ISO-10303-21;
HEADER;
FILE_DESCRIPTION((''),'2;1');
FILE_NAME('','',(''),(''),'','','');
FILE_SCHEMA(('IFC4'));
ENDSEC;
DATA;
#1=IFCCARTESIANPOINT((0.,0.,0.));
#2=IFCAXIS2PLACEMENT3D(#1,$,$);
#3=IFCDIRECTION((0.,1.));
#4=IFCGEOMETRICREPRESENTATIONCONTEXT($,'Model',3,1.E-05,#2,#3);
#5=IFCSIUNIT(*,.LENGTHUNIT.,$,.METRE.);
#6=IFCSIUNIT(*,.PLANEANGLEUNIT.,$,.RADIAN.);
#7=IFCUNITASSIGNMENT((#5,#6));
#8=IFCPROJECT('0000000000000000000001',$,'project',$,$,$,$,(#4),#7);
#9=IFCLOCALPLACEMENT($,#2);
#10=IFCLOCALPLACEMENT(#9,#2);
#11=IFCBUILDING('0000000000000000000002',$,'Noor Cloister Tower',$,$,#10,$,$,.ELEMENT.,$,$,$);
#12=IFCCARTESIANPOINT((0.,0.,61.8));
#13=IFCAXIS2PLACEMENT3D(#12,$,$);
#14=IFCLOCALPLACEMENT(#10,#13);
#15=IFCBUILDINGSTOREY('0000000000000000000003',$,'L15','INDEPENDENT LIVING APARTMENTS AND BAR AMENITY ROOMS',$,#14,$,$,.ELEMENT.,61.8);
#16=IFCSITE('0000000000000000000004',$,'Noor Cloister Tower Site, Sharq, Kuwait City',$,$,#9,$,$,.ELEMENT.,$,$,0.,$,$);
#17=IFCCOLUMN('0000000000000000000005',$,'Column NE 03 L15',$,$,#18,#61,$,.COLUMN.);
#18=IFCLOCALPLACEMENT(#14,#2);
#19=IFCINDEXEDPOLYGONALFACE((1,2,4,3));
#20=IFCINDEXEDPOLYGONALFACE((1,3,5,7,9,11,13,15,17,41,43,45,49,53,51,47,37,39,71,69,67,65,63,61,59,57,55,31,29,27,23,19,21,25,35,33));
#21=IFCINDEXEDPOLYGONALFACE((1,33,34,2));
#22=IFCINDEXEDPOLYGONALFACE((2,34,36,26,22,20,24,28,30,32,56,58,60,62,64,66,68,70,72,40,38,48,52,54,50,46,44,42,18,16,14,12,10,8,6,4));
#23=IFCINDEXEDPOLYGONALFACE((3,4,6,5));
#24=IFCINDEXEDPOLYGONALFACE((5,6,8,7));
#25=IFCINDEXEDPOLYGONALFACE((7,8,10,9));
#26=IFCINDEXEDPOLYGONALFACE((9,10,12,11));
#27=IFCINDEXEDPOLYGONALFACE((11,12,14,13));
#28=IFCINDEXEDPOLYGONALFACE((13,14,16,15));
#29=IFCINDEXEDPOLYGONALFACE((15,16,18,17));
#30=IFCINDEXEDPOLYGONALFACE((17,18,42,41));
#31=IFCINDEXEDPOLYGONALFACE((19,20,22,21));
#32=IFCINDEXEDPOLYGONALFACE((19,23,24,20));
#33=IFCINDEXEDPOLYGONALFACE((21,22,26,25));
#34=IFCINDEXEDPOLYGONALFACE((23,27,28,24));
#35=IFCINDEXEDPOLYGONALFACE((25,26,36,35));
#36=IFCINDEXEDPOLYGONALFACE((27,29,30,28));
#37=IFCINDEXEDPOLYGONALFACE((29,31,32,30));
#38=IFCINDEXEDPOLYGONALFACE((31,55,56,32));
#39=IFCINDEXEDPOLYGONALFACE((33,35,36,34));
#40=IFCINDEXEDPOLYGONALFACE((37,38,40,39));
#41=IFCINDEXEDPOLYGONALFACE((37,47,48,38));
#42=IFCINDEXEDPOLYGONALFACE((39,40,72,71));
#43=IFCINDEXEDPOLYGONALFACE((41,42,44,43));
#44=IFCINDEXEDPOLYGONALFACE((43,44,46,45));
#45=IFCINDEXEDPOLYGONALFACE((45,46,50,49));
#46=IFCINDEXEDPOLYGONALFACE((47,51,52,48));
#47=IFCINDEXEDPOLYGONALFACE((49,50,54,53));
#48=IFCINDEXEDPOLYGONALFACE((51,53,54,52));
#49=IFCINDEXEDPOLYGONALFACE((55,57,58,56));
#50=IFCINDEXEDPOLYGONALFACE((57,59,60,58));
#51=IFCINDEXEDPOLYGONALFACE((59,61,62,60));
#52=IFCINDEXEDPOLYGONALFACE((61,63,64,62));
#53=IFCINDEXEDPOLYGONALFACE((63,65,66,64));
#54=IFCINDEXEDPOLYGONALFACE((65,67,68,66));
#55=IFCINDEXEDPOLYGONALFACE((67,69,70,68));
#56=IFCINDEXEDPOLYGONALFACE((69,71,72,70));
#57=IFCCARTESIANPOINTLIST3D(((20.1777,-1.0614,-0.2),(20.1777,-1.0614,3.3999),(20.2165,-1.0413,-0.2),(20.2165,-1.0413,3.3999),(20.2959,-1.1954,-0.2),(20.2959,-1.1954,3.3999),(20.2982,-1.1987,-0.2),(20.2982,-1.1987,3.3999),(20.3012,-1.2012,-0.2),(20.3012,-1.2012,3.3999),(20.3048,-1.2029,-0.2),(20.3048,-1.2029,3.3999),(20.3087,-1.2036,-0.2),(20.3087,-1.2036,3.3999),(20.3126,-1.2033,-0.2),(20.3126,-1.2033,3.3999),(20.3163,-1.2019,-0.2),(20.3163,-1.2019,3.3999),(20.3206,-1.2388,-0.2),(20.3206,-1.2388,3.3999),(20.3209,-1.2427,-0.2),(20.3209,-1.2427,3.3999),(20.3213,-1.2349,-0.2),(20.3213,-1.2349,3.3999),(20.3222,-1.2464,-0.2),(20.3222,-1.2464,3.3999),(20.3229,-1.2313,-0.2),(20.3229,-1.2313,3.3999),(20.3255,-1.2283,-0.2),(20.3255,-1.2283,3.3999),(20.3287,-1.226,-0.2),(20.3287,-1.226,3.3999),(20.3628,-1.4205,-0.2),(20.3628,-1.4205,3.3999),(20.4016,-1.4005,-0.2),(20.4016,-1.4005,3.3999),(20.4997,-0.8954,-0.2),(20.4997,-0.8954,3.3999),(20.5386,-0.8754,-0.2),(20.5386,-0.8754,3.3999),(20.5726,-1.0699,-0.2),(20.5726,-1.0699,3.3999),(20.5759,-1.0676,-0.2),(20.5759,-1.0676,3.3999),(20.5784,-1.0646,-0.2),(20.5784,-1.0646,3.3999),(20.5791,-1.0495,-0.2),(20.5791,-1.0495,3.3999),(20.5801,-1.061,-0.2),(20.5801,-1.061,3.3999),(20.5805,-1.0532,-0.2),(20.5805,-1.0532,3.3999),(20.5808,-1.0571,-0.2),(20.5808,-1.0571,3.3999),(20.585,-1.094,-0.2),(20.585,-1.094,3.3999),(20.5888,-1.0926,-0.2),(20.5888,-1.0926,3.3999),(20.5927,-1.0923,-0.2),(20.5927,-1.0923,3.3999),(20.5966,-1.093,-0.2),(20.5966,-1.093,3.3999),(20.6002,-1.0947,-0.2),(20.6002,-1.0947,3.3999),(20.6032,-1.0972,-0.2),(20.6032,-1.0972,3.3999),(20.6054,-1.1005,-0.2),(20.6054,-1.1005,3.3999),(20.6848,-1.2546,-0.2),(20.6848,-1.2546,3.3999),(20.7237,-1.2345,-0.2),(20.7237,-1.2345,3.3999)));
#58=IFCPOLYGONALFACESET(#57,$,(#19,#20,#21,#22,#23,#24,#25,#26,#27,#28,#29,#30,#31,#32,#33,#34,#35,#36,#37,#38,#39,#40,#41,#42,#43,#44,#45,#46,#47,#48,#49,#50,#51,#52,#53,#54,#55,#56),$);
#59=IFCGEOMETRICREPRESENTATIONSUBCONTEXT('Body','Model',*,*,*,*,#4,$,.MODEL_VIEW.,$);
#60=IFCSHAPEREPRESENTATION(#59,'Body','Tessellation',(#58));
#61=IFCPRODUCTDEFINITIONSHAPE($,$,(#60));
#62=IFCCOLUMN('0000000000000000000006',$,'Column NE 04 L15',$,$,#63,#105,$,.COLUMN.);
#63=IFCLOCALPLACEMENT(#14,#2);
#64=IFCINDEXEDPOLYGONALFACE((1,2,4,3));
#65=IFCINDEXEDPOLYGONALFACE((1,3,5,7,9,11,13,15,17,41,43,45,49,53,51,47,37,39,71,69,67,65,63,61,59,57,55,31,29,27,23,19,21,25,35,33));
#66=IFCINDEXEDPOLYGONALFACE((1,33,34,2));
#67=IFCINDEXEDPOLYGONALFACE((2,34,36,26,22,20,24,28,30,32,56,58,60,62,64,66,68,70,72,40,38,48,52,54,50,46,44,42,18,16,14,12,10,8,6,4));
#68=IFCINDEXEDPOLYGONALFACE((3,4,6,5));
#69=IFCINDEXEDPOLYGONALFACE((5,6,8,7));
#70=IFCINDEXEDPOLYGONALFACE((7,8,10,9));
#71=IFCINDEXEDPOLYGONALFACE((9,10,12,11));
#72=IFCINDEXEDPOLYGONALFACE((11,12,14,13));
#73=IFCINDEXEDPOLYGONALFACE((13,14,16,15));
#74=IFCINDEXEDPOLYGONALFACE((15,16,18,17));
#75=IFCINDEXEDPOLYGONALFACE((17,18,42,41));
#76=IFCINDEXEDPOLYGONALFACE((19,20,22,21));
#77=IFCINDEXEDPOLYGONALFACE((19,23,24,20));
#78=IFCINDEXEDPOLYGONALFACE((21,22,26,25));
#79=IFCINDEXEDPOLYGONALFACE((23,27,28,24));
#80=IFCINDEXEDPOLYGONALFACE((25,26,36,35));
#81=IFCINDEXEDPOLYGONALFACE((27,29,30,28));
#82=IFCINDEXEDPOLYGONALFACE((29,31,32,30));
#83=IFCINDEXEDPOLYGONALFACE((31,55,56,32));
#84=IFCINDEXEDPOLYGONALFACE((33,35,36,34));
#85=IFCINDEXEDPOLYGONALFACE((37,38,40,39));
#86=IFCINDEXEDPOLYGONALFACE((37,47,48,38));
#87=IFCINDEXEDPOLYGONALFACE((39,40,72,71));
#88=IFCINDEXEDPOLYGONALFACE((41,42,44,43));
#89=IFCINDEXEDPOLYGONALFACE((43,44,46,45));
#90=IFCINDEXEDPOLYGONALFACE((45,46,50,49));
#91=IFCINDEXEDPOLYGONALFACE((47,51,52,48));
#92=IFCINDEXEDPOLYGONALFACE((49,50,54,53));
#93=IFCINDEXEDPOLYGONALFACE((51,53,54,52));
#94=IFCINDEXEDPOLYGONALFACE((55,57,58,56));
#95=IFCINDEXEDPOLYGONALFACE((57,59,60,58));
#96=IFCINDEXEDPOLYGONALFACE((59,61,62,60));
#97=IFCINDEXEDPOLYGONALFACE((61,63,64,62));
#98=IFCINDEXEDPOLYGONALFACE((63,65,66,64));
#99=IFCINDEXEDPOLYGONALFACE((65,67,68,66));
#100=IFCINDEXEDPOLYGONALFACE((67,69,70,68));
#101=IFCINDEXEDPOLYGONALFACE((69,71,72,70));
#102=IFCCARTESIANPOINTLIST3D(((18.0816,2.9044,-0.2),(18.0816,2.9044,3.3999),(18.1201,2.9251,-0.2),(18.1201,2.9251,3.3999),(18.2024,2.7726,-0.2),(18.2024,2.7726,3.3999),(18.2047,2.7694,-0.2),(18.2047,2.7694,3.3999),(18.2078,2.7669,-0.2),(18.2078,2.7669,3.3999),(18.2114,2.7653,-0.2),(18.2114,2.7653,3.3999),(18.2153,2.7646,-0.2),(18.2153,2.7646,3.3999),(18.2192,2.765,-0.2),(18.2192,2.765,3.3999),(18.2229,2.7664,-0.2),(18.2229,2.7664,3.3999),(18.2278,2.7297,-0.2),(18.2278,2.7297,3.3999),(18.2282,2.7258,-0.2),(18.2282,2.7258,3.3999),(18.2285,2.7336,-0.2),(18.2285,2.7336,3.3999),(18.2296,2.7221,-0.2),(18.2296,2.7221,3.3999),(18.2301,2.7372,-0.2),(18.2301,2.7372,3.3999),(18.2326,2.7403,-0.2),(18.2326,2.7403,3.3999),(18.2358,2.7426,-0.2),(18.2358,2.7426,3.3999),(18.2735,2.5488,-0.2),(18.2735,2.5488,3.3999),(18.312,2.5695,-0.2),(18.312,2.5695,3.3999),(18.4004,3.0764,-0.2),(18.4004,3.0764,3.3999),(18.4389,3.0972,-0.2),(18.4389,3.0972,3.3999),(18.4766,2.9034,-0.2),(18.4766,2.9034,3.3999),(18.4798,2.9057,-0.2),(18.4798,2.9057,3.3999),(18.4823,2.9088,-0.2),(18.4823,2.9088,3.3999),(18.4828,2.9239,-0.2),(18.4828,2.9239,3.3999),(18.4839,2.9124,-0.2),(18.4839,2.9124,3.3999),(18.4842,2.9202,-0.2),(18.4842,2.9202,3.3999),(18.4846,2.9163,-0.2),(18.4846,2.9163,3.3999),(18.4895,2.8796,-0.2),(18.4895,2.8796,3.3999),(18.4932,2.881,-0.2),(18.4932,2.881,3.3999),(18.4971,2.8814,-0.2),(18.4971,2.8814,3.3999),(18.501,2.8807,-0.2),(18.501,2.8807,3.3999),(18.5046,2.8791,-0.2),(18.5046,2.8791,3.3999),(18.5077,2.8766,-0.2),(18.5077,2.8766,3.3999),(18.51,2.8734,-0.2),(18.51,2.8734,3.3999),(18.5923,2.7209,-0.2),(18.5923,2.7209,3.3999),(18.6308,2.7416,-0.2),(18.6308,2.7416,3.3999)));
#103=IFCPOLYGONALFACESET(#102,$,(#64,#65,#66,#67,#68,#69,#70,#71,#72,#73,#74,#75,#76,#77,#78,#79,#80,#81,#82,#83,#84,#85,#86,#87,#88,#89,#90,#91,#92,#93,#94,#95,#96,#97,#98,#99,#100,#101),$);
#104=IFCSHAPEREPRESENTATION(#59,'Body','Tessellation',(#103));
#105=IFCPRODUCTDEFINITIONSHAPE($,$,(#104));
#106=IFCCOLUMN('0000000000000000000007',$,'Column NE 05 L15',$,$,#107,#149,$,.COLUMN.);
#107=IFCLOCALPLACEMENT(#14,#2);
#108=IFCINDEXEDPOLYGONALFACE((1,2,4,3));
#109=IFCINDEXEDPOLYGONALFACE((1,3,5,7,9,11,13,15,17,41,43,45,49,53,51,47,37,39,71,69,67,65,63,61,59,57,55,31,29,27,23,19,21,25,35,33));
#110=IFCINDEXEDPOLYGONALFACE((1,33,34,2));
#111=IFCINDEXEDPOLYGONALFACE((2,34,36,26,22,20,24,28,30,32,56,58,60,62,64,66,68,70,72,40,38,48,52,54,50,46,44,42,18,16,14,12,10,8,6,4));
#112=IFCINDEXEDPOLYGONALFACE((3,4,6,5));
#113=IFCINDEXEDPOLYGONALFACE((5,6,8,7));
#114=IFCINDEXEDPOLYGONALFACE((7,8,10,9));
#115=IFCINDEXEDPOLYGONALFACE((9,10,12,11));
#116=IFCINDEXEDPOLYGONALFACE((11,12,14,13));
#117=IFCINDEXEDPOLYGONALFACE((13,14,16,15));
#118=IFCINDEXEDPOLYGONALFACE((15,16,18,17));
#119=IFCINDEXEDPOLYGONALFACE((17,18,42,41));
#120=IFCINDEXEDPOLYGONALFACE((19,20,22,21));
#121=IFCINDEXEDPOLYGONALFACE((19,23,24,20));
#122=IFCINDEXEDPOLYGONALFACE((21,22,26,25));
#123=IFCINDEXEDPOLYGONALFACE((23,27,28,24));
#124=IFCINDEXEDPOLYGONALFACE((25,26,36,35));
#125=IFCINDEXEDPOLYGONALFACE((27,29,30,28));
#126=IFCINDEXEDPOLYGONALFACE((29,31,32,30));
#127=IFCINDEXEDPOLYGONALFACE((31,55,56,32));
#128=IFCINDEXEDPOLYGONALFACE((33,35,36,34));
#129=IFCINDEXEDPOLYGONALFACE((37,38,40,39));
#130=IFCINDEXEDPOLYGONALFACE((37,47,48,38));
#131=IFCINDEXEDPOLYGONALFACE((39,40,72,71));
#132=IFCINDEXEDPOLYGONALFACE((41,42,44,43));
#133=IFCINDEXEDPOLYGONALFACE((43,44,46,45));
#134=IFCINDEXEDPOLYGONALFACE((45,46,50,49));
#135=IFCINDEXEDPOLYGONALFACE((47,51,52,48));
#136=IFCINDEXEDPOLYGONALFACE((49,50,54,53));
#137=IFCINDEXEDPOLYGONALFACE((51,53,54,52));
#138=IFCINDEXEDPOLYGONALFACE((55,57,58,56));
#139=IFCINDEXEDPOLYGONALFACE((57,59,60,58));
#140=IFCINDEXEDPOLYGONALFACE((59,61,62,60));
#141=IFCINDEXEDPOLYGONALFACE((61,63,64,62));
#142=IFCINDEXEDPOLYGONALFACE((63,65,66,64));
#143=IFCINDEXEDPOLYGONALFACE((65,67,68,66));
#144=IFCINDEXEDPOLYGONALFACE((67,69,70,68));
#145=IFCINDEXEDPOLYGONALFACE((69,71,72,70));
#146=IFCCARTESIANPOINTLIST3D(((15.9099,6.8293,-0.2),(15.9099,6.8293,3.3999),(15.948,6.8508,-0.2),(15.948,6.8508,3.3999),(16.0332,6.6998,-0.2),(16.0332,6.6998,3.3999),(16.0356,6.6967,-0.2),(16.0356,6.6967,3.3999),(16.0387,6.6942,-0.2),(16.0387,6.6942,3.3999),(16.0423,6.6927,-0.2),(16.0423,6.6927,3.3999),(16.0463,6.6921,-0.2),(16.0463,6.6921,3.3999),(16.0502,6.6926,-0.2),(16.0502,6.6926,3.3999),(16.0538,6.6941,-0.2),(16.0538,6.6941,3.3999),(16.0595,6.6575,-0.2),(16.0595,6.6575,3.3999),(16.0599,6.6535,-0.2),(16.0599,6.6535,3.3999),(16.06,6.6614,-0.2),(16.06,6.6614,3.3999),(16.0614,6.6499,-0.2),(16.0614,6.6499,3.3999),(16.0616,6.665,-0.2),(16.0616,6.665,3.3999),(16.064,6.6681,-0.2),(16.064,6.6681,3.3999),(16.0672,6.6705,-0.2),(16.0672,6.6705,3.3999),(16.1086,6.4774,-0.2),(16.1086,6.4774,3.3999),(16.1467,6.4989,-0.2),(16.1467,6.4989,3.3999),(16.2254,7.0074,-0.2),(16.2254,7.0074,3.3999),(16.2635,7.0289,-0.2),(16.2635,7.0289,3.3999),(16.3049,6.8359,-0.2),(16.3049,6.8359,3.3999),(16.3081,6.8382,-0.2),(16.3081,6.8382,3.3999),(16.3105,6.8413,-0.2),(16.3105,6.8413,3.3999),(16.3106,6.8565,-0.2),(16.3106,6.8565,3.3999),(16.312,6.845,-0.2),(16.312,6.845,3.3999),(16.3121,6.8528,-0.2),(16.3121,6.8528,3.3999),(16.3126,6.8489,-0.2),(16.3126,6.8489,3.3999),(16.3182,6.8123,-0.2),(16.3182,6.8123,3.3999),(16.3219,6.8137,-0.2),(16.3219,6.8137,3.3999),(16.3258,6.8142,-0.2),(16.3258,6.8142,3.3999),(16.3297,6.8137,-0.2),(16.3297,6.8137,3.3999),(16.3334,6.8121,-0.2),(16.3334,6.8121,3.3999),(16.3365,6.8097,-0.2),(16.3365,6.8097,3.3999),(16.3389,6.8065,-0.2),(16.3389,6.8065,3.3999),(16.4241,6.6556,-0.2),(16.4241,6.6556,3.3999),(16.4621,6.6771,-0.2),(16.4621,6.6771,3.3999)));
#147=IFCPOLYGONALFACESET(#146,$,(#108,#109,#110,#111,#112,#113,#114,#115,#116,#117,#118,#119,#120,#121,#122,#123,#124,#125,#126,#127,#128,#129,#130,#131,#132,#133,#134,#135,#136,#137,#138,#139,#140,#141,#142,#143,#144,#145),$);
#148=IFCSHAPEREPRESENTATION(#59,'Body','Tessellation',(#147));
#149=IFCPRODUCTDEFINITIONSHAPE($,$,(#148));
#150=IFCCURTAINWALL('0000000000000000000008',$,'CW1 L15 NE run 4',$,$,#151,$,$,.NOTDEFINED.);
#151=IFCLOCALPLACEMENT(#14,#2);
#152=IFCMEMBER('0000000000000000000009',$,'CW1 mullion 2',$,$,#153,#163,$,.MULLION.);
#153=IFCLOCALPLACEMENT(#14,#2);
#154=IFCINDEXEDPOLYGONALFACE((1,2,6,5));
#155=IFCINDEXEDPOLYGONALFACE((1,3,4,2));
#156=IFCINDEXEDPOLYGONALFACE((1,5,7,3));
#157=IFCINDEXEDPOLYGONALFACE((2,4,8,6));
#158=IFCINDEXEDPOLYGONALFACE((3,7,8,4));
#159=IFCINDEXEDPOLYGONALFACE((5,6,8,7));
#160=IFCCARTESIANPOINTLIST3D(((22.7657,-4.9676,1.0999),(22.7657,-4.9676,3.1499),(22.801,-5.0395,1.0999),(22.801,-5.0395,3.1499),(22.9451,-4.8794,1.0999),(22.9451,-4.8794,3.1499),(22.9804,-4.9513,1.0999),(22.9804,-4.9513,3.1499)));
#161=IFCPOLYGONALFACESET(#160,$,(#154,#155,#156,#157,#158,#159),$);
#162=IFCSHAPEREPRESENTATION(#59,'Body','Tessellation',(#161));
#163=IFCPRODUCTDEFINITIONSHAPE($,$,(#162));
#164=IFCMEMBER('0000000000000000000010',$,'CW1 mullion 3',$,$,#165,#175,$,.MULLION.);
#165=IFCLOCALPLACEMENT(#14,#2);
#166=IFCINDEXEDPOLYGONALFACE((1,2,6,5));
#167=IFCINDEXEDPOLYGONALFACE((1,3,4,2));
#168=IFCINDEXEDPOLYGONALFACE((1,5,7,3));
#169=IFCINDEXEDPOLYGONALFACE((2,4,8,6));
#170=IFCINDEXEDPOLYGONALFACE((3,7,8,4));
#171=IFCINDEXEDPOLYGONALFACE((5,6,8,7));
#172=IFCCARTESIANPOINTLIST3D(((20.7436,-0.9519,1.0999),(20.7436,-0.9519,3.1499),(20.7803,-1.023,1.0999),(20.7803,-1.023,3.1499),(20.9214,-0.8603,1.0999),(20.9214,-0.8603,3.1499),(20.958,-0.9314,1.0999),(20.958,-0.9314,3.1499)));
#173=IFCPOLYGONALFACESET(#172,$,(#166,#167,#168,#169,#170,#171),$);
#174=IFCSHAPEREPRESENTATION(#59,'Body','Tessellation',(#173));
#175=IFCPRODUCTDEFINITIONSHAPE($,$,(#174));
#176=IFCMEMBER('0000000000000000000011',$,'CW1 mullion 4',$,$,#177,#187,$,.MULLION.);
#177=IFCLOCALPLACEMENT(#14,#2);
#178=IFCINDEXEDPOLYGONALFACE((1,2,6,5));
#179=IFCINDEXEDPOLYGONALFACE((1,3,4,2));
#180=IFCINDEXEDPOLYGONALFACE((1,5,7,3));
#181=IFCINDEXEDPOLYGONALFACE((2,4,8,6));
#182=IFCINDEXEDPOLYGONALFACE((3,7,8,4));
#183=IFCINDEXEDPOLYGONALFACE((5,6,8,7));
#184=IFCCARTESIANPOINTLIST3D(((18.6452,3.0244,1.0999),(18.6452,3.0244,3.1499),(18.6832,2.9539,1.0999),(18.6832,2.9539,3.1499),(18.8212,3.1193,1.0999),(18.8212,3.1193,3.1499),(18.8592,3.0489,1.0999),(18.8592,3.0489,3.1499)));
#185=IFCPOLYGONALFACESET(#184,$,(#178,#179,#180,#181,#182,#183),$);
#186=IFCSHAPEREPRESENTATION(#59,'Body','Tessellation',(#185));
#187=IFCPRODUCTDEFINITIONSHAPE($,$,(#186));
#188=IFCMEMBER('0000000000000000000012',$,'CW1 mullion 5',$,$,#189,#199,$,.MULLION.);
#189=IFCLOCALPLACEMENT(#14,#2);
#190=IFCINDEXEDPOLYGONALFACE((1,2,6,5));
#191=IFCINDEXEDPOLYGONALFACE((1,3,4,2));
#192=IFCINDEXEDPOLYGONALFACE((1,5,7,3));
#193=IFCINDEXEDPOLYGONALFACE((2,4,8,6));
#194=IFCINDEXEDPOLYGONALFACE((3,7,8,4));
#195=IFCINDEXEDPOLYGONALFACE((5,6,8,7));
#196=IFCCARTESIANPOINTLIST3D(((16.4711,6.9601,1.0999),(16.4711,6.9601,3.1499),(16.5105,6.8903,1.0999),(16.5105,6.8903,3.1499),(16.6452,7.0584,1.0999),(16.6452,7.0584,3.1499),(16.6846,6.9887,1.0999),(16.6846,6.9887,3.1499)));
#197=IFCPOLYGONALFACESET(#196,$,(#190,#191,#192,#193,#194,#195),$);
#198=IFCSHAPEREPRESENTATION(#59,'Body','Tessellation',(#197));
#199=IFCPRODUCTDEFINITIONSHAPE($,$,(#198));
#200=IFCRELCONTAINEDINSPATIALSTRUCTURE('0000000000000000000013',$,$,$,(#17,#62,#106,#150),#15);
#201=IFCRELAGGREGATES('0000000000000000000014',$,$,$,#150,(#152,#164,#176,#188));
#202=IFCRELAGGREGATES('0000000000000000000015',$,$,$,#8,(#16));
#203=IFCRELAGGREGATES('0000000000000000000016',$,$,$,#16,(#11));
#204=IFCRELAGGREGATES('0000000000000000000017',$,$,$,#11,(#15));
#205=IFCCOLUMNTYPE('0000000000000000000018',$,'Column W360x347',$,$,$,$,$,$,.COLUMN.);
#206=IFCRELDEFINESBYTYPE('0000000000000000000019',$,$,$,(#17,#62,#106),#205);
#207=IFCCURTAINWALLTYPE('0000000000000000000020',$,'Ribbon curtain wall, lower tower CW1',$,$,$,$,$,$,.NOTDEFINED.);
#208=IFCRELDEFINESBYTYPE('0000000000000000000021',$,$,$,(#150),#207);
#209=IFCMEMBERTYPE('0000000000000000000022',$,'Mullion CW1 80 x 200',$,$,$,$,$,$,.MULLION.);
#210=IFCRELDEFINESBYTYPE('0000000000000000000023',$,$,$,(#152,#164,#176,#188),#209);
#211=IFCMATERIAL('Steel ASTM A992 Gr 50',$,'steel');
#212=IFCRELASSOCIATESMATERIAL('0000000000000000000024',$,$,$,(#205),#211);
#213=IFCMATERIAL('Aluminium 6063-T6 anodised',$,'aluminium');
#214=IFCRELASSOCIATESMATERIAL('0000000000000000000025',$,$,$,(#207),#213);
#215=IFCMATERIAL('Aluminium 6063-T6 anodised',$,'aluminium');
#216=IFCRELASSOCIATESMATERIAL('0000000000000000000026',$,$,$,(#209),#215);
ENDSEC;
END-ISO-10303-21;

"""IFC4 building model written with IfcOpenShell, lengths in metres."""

from ifc_helpers import new_model, si_unit, direction, frame, origin, origin_2d, place, context, subcontext, project, spatial, rectangle, i_section, extrude, material, material_profile, profile_set, type_object, element, aggregate, save


model = new_model("IFC4")

# Units and contexts
model_context = context("Model", 3, precision=1e-05, world=origin(), true_north=direction((0.0, 1.0)))
body_context = subcontext(model_context, "Body", "Model", "MODEL_VIEW")
ifc_project = project(units=[si_unit("LENGTHUNIT", "METRE"), si_unit("PLANEANGLEUNIT", "RADIAN")], contexts=[model_context])

# Site, building, storey
site_placement = place(None, origin())
site = spatial("IfcSite", under=ifc_project, at=site_placement, Name="Noor Cloister Tower Site, Sharq, Kuwait City", CompositionType="ELEMENT", RefElevation=0.0)
building_placement = place(site_placement, origin())
building = spatial("IfcBuilding", under=site, at=building_placement, Name="Noor Cloister Tower", CompositionType="ELEMENT")
storey_placement = place(building_placement, frame((0.0, 0.0, 61.8)))
storey = spatial("IfcBuildingStorey", under=building, at=storey_placement, Name="L15", Description="INDEPENDENT LIVING APARTMENTS AND BAR AMENITY ROOMS", CompositionType="ELEMENT", Elevation=61.8)

# Columns
ifc_material_1 = material(Name="Steel ASTM A992 Gr 50", Category="steel")
ifc_material_profile_1 = material_profile(ifc_material_1, i_section(OverallWidth=0.4041, OverallDepth=0.406, WebThickness=0.0271, FlangeThickness=0.0437, FilletRadius=0.0151, at=origin_2d()), Name="W360x347")
ifc_profile_set_1 = profile_set([ifc_material_profile_1], Name="Steel ASTM A992 Gr 50")
column_type = type_object("IfcColumnType", Name="Column W360x347", PredefinedType="COLUMN", material=ifc_profile_set_1)
for number, where, z_axis, x_axis, name in (
    (1, (20.4507, -1.1479, -0.2), (0.0, 0.0, 1.0), (-0.458101, 0.8889, 0.0), "Column NE 03 L15"),
    (2, (18.3562, 2.823, -0.2), (0.0, 0.0, 1.0), (-0.474991, 0.87999, 0.0), "Column NE 04 L15"),
    (3, (16.186, 6.7532, -0.2), (0.0, 0.0, 1.0), (-0.491708, 0.87076, 0.0), "Column NE 05 L15"),
):
    element("IfcColumn", number, at=place(storey_placement, frame(where, z_axis=z_axis, x_axis=x_axis)), inside=storey, type_object=column_type, Name=name, PredefinedType="COLUMN", context=body_context, shape_type="SweptSolid", body=[
        extrude(i_section(OverallWidth=0.4041, OverallDepth=0.406, WebThickness=0.0271, FlangeThickness=0.0437, FilletRadius=0.0151, at=origin_2d()), origin(), (0.0, 0.0, 1.0), 3.5999),
    ])

# Curtain wall, members
ifc_material_2 = material(Name="Aluminium 6063-T6 anodised", Category="aluminium")
curtain_wall_type = type_object("IfcCurtainWallType", Name="Ribbon curtain wall, lower tower CW1", PredefinedType="NOTDEFINED", material=ifc_material_2)
curtain_wall_placement = place(storey_placement, origin())
curtain_wall = element("IfcCurtainWall", 4, at=curtain_wall_placement, inside=storey, type_object=curtain_wall_type, Name="CW1 L15 NE run 4", PredefinedType="NOTDEFINED")
ifc_material_3 = material(Name="Aluminium 6063-T6 anodised", Category="aluminium")
ifc_material_profile_2 = material_profile(ifc_material_3, rectangle(XDim=0.2, YDim=0.0801, at=origin_2d()), Name="200 x 80 mullion")
ifc_profile_set_2 = profile_set([ifc_material_profile_2], Name="Aluminium 6063-T6 anodised")
member_type = type_object("IfcMemberType", Name="Mullion CW1 80 x 200", PredefinedType="MULLION", material=ifc_profile_set_2)
member_1_placement = place(storey_placement, frame((22.873, -4.9595, 1.0999), z_axis=(0.0, 0.0, 1.0), x_axis=(-0.897485, -0.441044, 0.0)))
member_1 = element("IfcMember", 5, at=member_1_placement, type_object=member_type, Name="CW1 mullion 2", PredefinedType="MULLION", context=body_context, shape_type="SweptSolid", body=[
    extrude(rectangle(XDim=0.2, YDim=0.0801, at=origin_2d()), origin(), (0.0, 0.0, 1.0), 2.05),
])
member_2_placement = place(storey_placement, frame((20.8508, -0.9417, 1.0999), z_axis=(0.0, 0.0, 1.0), x_axis=(-0.8889, -0.458101, 0.0)))
member_2 = element("IfcMember", 6, at=member_2_placement, type_object=member_type, Name="CW1 mullion 3", PredefinedType="MULLION", context=body_context, shape_type="SweptSolid", body=[
    extrude(rectangle(XDim=0.2, YDim=0.0801, at=origin_2d()), origin(), (0.0, 0.0, 1.0), 2.05),
])
member_3_placement = place(storey_placement, frame((18.7522, 3.0366, 1.0999), z_axis=(0.0, 0.0, 1.0), x_axis=(-0.87999, -0.474991, 0.0)))
member_3 = element("IfcMember", 7, at=member_3_placement, type_object=member_type, Name="CW1 mullion 4", PredefinedType="MULLION", context=body_context, shape_type="SweptSolid", body=[
    extrude(rectangle(XDim=0.2, YDim=0.0801, at=origin_2d()), origin(), (0.0, 0.0, 1.0), 2.05),
])
member_4_placement = place(storey_placement, frame((16.5779, 6.9744, 1.0999), z_axis=(0.0, 0.0, 1.0), x_axis=(-0.87076, -0.491708, 0.0)))
member_4 = element("IfcMember", 8, at=member_4_placement, type_object=member_type, Name="CW1 mullion 5", PredefinedType="MULLION", context=body_context, shape_type="SweptSolid", body=[
    extrude(rectangle(XDim=0.2, YDim=0.0801, at=origin_2d()), origin(), (0.0, 0.0, 1.0), 2.05),
])

aggregate(curtain_wall, [member_1, member_2, member_3, member_4])

save(model, "model.ifc")
